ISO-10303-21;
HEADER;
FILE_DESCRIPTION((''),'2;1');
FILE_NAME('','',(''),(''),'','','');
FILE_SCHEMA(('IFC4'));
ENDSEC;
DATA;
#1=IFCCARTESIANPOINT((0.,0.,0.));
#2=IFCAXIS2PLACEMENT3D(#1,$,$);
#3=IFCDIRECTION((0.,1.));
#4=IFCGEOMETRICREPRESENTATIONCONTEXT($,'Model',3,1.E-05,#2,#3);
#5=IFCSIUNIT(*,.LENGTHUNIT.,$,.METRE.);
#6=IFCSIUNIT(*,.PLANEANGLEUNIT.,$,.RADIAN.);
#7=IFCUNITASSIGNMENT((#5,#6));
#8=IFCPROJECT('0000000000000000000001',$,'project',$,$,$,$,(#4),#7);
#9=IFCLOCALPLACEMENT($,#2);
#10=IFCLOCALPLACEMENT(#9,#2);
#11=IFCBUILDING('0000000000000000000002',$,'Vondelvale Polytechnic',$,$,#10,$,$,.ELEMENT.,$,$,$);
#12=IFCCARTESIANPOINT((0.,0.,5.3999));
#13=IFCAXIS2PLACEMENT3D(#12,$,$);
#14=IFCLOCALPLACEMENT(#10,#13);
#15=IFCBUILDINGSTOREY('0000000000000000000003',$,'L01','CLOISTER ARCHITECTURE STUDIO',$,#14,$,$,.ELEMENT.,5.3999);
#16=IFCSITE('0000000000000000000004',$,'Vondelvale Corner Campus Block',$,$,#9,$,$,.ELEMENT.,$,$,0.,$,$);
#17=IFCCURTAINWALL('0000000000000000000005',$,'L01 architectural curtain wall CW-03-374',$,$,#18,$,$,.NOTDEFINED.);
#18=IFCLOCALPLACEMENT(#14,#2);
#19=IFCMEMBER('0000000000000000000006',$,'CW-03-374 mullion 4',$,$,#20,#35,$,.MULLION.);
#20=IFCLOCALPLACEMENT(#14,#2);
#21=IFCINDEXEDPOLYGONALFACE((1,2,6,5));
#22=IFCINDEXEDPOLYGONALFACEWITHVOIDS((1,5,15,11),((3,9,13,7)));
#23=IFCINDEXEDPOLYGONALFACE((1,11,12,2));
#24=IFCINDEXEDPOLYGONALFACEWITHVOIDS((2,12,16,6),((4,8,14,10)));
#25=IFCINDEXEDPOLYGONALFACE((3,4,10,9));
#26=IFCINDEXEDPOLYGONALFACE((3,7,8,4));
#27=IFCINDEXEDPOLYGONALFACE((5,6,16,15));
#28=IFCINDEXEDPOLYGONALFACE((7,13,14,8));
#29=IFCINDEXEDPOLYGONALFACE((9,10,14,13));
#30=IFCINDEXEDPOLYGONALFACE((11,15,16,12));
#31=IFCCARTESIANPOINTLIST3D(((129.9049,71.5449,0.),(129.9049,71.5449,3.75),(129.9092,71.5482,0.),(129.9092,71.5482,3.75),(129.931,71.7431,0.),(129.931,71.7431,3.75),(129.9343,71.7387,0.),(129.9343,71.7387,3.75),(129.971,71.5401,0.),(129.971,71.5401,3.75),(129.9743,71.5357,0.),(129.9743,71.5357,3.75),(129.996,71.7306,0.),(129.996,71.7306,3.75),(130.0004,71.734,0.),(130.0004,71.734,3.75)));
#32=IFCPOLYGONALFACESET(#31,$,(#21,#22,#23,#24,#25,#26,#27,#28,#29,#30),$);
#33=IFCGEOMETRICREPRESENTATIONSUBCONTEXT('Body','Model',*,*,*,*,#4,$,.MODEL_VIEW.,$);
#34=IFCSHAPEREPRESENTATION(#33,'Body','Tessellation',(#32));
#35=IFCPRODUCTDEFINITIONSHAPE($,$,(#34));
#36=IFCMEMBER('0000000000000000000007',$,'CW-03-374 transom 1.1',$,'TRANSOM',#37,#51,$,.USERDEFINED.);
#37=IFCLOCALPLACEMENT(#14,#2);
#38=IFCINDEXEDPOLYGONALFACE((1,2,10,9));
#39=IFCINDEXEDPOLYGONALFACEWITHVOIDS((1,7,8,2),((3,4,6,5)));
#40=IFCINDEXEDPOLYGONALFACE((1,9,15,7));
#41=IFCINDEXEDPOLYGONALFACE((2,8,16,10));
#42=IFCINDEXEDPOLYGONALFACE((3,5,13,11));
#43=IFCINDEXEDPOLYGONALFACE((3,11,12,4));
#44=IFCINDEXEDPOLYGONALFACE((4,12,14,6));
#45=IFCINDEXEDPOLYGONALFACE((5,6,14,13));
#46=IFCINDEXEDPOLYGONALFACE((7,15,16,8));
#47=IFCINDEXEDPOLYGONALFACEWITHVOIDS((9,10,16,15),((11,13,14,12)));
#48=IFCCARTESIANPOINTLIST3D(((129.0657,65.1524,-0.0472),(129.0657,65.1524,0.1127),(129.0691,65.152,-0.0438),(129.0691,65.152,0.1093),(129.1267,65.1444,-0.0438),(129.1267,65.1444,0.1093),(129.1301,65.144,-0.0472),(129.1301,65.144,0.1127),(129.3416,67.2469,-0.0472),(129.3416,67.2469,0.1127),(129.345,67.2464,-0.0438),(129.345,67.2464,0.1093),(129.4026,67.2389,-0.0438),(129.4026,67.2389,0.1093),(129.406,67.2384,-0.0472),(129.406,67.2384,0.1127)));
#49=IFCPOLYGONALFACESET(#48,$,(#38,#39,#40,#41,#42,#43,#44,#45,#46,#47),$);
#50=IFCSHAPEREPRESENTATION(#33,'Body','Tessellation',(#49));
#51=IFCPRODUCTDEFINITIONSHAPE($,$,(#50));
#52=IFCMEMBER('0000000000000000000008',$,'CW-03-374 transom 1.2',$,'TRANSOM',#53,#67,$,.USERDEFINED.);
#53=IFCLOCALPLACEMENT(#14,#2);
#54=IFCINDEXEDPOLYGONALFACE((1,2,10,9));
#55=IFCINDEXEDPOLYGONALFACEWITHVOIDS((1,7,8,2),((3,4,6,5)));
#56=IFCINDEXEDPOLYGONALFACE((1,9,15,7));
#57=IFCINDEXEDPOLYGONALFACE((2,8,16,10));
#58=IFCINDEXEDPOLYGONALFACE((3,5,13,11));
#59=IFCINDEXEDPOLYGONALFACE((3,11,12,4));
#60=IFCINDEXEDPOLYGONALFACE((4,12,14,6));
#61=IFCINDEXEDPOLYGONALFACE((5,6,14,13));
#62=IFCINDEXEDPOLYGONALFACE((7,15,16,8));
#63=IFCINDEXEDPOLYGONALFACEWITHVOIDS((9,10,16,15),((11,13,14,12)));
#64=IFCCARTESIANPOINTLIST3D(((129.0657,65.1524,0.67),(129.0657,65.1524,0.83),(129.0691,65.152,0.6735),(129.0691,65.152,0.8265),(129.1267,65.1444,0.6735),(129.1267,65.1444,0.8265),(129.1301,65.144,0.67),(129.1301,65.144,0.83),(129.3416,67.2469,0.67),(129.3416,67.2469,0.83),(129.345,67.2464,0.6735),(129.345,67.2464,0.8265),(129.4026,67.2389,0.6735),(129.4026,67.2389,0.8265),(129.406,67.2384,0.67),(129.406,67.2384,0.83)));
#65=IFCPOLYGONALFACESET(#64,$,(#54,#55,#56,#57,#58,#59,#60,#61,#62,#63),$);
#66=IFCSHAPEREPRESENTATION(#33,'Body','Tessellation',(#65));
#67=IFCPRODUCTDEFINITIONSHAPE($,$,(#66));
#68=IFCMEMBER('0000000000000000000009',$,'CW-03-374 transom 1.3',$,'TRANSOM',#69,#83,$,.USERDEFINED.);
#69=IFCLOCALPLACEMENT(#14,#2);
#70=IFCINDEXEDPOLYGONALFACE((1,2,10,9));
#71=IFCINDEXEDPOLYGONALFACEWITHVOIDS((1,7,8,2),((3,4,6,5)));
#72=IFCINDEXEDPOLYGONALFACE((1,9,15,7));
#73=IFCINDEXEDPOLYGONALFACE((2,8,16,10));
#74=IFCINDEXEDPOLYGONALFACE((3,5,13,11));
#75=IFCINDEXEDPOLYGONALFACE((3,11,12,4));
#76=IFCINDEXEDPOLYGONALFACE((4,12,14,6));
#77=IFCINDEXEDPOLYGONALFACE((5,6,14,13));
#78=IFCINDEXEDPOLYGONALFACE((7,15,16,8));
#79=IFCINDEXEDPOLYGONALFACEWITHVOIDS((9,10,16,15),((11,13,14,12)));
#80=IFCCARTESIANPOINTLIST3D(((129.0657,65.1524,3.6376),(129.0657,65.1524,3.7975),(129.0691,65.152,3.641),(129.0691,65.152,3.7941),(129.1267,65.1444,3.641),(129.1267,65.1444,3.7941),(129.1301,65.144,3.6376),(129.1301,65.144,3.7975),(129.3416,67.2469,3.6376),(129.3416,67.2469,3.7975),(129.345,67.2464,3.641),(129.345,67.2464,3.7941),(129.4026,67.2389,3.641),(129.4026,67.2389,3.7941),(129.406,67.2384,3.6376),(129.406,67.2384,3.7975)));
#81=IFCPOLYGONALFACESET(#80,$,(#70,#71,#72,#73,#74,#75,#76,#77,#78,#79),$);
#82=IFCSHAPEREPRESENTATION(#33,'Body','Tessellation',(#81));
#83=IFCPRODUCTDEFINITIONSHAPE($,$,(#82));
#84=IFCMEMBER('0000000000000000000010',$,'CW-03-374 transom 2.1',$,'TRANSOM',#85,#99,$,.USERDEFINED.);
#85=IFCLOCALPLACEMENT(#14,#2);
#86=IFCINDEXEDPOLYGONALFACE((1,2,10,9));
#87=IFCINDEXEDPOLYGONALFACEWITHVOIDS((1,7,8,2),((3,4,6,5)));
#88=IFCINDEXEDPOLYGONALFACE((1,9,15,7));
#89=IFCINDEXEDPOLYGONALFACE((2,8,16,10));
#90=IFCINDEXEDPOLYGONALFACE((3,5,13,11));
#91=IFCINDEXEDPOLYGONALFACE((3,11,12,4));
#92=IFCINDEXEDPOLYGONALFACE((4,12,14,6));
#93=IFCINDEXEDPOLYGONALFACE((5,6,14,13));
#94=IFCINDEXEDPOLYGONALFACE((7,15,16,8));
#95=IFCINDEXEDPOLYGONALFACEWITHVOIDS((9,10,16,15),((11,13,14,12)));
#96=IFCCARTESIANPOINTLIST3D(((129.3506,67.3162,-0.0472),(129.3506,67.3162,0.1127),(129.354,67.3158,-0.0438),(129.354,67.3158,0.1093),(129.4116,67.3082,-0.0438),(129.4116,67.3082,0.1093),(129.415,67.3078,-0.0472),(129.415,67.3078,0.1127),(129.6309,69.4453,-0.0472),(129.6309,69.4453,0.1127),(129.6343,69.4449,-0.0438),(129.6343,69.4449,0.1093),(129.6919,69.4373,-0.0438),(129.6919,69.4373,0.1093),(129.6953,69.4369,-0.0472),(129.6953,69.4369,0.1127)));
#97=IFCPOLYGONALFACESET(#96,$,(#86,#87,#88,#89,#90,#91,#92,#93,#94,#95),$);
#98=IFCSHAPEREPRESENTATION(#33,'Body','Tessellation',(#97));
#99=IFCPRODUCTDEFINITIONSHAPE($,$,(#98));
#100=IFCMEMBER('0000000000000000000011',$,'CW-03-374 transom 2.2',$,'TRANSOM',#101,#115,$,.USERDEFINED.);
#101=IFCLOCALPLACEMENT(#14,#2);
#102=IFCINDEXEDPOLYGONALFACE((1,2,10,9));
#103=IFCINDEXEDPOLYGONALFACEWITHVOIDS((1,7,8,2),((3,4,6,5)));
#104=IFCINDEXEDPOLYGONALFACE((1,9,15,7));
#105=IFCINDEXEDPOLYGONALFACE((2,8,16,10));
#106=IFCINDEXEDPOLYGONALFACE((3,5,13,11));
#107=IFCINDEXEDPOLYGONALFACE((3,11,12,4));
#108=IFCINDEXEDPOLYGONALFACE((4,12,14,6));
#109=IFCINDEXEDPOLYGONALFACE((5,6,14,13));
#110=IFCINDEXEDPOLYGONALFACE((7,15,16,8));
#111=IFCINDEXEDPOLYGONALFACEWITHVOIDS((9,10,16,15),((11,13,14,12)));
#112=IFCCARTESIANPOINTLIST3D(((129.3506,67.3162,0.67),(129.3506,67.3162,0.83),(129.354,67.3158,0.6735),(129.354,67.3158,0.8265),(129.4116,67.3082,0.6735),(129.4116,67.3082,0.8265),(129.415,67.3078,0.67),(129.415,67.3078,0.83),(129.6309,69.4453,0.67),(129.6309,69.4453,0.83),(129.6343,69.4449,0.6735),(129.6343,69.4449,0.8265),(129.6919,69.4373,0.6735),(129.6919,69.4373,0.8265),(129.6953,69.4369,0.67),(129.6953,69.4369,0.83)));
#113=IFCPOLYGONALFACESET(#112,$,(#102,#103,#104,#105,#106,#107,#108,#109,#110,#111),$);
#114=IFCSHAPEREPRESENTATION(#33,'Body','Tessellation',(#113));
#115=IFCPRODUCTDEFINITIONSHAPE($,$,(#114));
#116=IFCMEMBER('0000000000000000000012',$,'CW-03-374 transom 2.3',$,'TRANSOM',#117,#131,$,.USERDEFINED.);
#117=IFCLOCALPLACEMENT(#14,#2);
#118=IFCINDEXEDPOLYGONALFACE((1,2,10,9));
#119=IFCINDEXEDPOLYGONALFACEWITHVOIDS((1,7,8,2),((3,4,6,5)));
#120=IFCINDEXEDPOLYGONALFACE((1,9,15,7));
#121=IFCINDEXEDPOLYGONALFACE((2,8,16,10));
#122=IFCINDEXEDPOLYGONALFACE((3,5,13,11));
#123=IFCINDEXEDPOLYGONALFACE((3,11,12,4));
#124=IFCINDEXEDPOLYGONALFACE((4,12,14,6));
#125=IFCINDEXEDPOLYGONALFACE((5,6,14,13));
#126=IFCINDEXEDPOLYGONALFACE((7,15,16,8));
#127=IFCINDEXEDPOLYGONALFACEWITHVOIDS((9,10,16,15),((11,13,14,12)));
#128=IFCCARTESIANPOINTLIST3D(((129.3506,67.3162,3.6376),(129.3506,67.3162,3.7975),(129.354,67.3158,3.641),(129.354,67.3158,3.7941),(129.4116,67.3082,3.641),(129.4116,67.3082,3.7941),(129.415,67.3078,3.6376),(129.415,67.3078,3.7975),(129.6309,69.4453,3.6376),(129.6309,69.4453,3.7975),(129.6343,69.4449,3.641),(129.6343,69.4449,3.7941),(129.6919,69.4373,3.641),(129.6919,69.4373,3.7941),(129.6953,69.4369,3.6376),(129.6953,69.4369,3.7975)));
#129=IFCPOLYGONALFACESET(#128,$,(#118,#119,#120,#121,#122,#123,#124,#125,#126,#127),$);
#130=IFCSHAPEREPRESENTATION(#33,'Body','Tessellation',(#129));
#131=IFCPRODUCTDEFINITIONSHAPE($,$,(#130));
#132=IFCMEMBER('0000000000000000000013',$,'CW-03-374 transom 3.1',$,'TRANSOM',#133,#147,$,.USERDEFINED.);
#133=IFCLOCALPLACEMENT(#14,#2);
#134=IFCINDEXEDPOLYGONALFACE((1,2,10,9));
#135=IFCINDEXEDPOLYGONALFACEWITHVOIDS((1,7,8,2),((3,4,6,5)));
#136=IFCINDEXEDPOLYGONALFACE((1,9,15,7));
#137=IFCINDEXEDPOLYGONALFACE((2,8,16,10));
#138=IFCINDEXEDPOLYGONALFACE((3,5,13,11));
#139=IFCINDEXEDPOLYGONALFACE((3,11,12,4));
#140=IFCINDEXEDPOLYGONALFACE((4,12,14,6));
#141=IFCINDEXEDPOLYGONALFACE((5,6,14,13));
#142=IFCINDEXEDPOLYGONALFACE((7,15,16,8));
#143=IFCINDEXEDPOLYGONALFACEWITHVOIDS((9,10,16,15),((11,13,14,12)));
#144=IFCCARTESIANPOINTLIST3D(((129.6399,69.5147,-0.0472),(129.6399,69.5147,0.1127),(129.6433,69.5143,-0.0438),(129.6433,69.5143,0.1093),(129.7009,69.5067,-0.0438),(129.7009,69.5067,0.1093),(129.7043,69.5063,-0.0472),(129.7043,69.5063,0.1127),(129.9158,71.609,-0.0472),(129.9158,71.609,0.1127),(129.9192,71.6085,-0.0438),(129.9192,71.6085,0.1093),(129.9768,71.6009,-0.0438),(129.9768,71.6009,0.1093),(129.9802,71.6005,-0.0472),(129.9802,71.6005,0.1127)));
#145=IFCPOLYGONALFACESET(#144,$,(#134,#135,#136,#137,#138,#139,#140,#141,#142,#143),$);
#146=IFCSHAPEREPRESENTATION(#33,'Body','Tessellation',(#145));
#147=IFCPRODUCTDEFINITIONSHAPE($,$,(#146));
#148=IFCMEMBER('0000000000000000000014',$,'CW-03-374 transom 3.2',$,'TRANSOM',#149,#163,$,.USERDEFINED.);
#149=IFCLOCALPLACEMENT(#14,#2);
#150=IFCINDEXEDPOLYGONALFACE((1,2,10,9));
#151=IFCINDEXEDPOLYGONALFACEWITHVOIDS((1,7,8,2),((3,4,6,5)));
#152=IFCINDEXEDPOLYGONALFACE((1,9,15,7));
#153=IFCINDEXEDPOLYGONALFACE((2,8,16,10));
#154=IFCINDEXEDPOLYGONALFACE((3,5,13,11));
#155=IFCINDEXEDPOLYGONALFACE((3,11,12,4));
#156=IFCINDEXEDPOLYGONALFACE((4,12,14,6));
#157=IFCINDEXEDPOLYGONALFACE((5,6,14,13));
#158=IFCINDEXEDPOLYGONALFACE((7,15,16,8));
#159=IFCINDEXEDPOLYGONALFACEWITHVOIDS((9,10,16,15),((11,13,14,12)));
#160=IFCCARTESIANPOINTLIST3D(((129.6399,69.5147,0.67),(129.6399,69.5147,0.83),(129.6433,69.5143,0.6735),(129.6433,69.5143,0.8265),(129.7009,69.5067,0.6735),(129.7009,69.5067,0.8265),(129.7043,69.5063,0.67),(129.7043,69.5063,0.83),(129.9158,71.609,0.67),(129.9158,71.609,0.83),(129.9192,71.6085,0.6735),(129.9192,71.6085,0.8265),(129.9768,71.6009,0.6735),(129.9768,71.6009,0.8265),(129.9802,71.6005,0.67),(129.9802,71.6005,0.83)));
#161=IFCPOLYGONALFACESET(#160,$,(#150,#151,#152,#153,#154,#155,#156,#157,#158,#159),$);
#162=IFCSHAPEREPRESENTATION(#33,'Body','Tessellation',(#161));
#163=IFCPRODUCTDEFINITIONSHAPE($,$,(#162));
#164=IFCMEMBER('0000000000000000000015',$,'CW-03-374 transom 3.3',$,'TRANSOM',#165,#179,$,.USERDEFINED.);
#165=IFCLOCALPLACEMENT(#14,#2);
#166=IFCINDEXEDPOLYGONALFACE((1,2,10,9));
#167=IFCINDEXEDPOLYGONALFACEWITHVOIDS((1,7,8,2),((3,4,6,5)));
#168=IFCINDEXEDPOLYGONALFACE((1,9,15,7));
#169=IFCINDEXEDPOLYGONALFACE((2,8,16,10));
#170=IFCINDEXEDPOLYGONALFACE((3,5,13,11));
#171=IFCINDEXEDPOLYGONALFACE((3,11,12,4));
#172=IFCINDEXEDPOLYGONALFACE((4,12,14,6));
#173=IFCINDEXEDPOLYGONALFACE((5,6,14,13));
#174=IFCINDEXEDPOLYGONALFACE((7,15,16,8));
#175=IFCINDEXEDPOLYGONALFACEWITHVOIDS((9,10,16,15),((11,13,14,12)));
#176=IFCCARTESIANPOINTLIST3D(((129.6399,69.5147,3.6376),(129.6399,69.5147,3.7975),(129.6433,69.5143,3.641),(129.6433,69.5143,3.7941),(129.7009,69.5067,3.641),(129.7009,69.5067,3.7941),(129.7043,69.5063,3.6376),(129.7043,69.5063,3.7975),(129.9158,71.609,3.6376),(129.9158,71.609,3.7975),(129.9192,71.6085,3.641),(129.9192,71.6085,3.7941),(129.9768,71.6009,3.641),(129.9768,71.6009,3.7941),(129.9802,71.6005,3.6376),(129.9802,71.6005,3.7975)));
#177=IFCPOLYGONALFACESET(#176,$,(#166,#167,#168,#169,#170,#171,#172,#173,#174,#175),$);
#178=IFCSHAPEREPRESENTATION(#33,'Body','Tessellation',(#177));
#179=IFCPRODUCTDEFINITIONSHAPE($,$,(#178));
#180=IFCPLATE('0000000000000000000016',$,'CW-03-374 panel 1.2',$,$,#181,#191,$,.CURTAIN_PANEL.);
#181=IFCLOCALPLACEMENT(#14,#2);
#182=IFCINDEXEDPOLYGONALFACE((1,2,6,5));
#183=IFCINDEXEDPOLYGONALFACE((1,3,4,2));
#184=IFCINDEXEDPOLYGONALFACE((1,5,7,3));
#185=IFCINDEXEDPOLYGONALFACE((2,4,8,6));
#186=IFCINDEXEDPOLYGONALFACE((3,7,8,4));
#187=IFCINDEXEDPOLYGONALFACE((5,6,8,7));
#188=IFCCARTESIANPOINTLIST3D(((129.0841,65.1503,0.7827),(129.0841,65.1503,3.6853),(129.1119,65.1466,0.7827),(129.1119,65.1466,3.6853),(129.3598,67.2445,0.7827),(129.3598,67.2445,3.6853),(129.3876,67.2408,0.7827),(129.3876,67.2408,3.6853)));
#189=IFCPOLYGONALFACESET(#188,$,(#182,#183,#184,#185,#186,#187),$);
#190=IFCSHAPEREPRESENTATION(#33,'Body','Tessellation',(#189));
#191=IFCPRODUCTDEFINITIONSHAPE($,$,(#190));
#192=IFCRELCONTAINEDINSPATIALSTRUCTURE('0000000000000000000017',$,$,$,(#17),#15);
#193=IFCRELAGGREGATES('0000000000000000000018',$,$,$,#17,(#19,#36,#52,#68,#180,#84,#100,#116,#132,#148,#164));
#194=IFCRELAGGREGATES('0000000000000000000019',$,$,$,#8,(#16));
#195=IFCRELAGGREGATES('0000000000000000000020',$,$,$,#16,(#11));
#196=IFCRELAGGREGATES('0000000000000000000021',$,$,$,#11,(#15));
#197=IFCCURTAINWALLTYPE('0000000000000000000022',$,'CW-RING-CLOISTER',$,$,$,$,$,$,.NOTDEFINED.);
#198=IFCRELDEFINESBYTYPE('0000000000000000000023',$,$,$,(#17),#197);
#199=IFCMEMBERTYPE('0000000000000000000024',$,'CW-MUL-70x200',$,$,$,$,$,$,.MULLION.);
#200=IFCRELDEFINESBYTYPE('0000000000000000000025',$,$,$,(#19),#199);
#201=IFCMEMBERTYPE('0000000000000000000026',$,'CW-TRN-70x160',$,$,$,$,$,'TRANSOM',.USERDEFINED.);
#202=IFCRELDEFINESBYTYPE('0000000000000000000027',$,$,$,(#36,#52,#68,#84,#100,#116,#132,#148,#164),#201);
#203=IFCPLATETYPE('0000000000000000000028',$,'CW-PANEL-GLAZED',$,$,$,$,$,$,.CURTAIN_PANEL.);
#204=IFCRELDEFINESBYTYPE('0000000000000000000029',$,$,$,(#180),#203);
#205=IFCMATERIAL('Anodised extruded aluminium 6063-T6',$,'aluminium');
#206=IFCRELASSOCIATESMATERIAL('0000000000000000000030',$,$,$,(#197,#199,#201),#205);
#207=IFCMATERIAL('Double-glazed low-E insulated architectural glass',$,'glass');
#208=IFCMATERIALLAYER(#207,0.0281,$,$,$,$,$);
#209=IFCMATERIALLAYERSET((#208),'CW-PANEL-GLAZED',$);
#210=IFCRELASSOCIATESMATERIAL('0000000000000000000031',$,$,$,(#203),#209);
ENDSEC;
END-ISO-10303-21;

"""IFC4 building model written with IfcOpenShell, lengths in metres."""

from ifc_helpers import new_model, si_unit, direction, frame, origin, origin_2d, place, context, subcontext, project, spatial, rectangle, hollow_rectangle, extrude, material, layer, layer_set, material_profile, profile_set, type_object, element, aggregate, save


model = new_model("IFC4")

# Units and contexts
model_context = context("Model", 3, precision=1e-05, world=origin(), true_north=direction((0.0, 1.0)))
body_context = subcontext(model_context, "Body", "Model", "MODEL_VIEW")
ifc_project = project(units=[si_unit("LENGTHUNIT", "METRE"), si_unit("PLANEANGLEUNIT", "RADIAN")], contexts=[model_context])

# Site, building, storey
site_placement = place(None, origin())
site = spatial("IfcSite", under=ifc_project, at=site_placement, Name="Vondelvale Corner Campus Block", CompositionType="ELEMENT", RefElevation=0.0)
building_placement = place(site_placement, origin())
building = spatial("IfcBuilding", under=site, at=building_placement, Name="Vondelvale Polytechnic", CompositionType="ELEMENT")
storey_placement = place(building_placement, frame((0.0, 0.0, 5.3999)))
storey = spatial("IfcBuildingStorey", under=building, at=storey_placement, Name="L01", Description="CLOISTER ARCHITECTURE STUDIO", CompositionType="ELEMENT", Elevation=5.3999)

# Curtain wall, members, plate
ifc_material_1 = material(Name="Anodised extruded aluminium 6063-T6", Category="aluminium")
curtain_wall_type = type_object("IfcCurtainWallType", Name="CW-RING-CLOISTER", PredefinedType="NOTDEFINED", material=ifc_material_1)
curtain_wall_placement = place(storey_placement, origin())
curtain_wall = element("IfcCurtainWall", 1, at=curtain_wall_placement, inside=storey, type_object=curtain_wall_type, Name="L01 architectural curtain wall CW-03-374", PredefinedType="NOTDEFINED")
ifc_material_profile_1 = material_profile(ifc_material_1, hollow_rectangle(XDim=0.0701, YDim=0.2, WallThickness=0.0039, at=origin_2d()), Name="CW-MUL-200x70")
ifc_profile_set_1 = profile_set([ifc_material_profile_1], Name="Anodised extruded aluminium 6063-T6")
member_type_1 = type_object("IfcMemberType", Name="CW-MUL-70x200", PredefinedType="MULLION", material=ifc_profile_set_1)
member_1_placement = place(storey_placement, frame((129.9526, 71.6394, 0.0), z_axis=(0.0, 0.0, 1.0), x_axis=(-0.991445, 0.130528, 0.0)))
member_1 = element("IfcMember", 2, at=member_1_placement, type_object=member_type_1, Name="CW-03-374 mullion 4", PredefinedType="MULLION", context=body_context, shape_type="SweptSolid", body=[
    extrude(hollow_rectangle(XDim=0.0701, YDim=0.2, WallThickness=0.0039, at=origin_2d()), origin(), (0.0, 0.0, 1.0), 3.75),
])
ifc_material_profile_2 = material_profile(ifc_material_1, hollow_rectangle(XDim=0.0649, YDim=0.1599, WallThickness=0.0034, at=origin_2d()), Name="CW-TRN-160x65")
ifc_profile_set_2 = profile_set([ifc_material_profile_2], Name="Anodised extruded aluminium 6063-T6")
member_type_2 = type_object("IfcMemberType", Name="CW-TRN-70x160", ElementType="TRANSOM", PredefinedType="USERDEFINED", material=ifc_profile_set_2)
member_2_placement = place(storey_placement, frame((129.0979, 65.1482, 0.0327), z_axis=(0.130589, 0.991437, 0.0), x_axis=(-0.991437, 0.130589, 0.0)))
member_2 = element("IfcMember", 3, at=member_2_placement, type_object=member_type_2, Name="CW-03-374 transom 1.1", ObjectType="TRANSOM", PredefinedType="USERDEFINED", context=body_context, shape_type="SweptSolid", body=[
    extrude(hollow_rectangle(XDim=0.0649, YDim=0.1599, WallThickness=0.0034, at=origin_2d()), origin(), (0.0, 0.0, 1.0), 2.1125),
])
member_3_placement = place(storey_placement, frame((129.0979, 65.1482, 0.75), z_axis=(0.130589, 0.991437, 0.0), x_axis=(-0.991437, 0.130589, 0.0)))
member_3 = element("IfcMember", 4, at=member_3_placement, type_object=member_type_2, Name="CW-03-374 transom 1.2", ObjectType="TRANSOM", PredefinedType="USERDEFINED", context=body_context, shape_type="SweptSolid", body=[
    extrude(hollow_rectangle(XDim=0.0649, YDim=0.1599, WallThickness=0.0034, at=origin_2d()), origin(), (0.0, 0.0, 1.0), 2.1125),
])
member_4_placement = place(storey_placement, frame((129.0979, 65.1482, 3.7175), z_axis=(0.130589, 0.991437, 0.0), x_axis=(-0.991437, 0.130589, 0.0)))
member_4 = element("IfcMember", 5, at=member_4_placement, type_object=member_type_2, Name="CW-03-374 transom 1.3", ObjectType="TRANSOM", PredefinedType="USERDEFINED", context=body_context, shape_type="SweptSolid", body=[
    extrude(hollow_rectangle(XDim=0.0649, YDim=0.1599, WallThickness=0.0034, at=origin_2d()), origin(), (0.0, 0.0, 1.0), 2.1125),
])
member_5_placement = place(storey_placement, frame((129.3828, 67.312, 0.0327), z_axis=(0.13051, 0.991447, 0.0), x_axis=(-0.991447, 0.13051, 0.0)))
member_5 = element("IfcMember", 6, at=member_5_placement, type_object=member_type_2, Name="CW-03-374 transom 2.1", ObjectType="TRANSOM", PredefinedType="USERDEFINED", context=body_context, shape_type="SweptSolid", body=[
    extrude(hollow_rectangle(XDim=0.0649, YDim=0.1599, WallThickness=0.0034, at=origin_2d()), origin(), (0.0, 0.0, 1.0), 2.1475),
])
member_6_placement = place(storey_placement, frame((129.3828, 67.312, 0.75), z_axis=(0.13051, 0.991447, 0.0), x_axis=(-0.991447, 0.13051, 0.0)))
member_6 = element("IfcMember", 7, at=member_6_placement, type_object=member_type_2, Name="CW-03-374 transom 2.2", ObjectType="TRANSOM", PredefinedType="USERDEFINED", context=body_context, shape_type="SweptSolid", body=[
    extrude(hollow_rectangle(XDim=0.0649, YDim=0.1599, WallThickness=0.0034, at=origin_2d()), origin(), (0.0, 0.0, 1.0), 2.1475),
])
member_7_placement = place(storey_placement, frame((129.3828, 67.312, 3.7175), z_axis=(0.13051, 0.991447, 0.0), x_axis=(-0.991447, 0.13051, 0.0)))
member_7 = element("IfcMember", 8, at=member_7_placement, type_object=member_type_2, Name="CW-03-374 transom 2.3", ObjectType="TRANSOM", PredefinedType="USERDEFINED", context=body_context, shape_type="SweptSolid", body=[
    extrude(hollow_rectangle(XDim=0.0649, YDim=0.1599, WallThickness=0.0034, at=origin_2d()), origin(), (0.0, 0.0, 1.0), 2.1475),
])
member_8_placement = place(storey_placement, frame((129.6721, 69.5105, 0.0327), z_axis=(0.130604, 0.991435, 0.0), x_axis=(-0.991435, 0.130604, 0.0)))
member_8 = element("IfcMember", 9, at=member_8_placement, type_object=member_type_2, Name="CW-03-374 transom 3.1", ObjectType="TRANSOM", PredefinedType="USERDEFINED", context=body_context, shape_type="SweptSolid", body=[
    extrude(hollow_rectangle(XDim=0.0649, YDim=0.1599, WallThickness=0.0034, at=origin_2d()), origin(), (0.0, 0.0, 1.0), 2.1123),
])
member_9_placement = place(storey_placement, frame((129.6721, 69.5105, 0.75), z_axis=(0.130604, 0.991435, 0.0), x_axis=(-0.991435, 0.130604, 0.0)))
member_9 = element("IfcMember", 10, at=member_9_placement, type_object=member_type_2, Name="CW-03-374 transom 3.2", ObjectType="TRANSOM", PredefinedType="USERDEFINED", context=body_context, shape_type="SweptSolid", body=[
    extrude(hollow_rectangle(XDim=0.0649, YDim=0.1599, WallThickness=0.0034, at=origin_2d()), origin(), (0.0, 0.0, 1.0), 2.1123),
])
member_10_placement = place(storey_placement, frame((129.6721, 69.5105, 3.7175), z_axis=(0.130604, 0.991435, 0.0), x_axis=(-0.991435, 0.130604, 0.0)))
member_10 = element("IfcMember", 11, at=member_10_placement, type_object=member_type_2, Name="CW-03-374 transom 3.3", ObjectType="TRANSOM", PredefinedType="USERDEFINED", context=body_context, shape_type="SweptSolid", body=[
    extrude(hollow_rectangle(XDim=0.0649, YDim=0.1599, WallThickness=0.0034, at=origin_2d()), origin(), (0.0, 0.0, 1.0), 2.1123),
])
ifc_material_2 = material(Name="Double-glazed low-E insulated architectural glass", Category="glass")
ifc_layer_1 = layer(ifc_material_2, 0.0281)
ifc_layer_set_1 = layer_set([ifc_layer_1], Name="CW-PANEL-GLAZED")
plate_type_1 = type_object("IfcPlateType", Name="CW-PANEL-GLAZED", PredefinedType="CURTAIN_PANEL", material=ifc_layer_set_1)
plate_1_placement = place(storey_placement, frame((129.2358, 66.1956, 0.7827), z_axis=(0.0, 0.0, 1.0), x_axis=(0.130528, 0.991445, 0.0)))
plate_1 = element("IfcPlate", 12, at=plate_1_placement, type_object=plate_type_1, Name="CW-03-374 panel 1.2", PredefinedType="CURTAIN_PANEL", context=body_context, shape_type="SweptSolid", body=[
    extrude(rectangle(XDim=2.1123, YDim=0.0281, at=origin_2d()), origin(), (0.0, 0.0, 1.0), 2.9026),
])
aggregate(curtain_wall, [member_1, member_2, member_3, member_4, plate_1, member_5, member_6, member_7, member_8, member_9, member_10])

save(model, "model.ifc")
